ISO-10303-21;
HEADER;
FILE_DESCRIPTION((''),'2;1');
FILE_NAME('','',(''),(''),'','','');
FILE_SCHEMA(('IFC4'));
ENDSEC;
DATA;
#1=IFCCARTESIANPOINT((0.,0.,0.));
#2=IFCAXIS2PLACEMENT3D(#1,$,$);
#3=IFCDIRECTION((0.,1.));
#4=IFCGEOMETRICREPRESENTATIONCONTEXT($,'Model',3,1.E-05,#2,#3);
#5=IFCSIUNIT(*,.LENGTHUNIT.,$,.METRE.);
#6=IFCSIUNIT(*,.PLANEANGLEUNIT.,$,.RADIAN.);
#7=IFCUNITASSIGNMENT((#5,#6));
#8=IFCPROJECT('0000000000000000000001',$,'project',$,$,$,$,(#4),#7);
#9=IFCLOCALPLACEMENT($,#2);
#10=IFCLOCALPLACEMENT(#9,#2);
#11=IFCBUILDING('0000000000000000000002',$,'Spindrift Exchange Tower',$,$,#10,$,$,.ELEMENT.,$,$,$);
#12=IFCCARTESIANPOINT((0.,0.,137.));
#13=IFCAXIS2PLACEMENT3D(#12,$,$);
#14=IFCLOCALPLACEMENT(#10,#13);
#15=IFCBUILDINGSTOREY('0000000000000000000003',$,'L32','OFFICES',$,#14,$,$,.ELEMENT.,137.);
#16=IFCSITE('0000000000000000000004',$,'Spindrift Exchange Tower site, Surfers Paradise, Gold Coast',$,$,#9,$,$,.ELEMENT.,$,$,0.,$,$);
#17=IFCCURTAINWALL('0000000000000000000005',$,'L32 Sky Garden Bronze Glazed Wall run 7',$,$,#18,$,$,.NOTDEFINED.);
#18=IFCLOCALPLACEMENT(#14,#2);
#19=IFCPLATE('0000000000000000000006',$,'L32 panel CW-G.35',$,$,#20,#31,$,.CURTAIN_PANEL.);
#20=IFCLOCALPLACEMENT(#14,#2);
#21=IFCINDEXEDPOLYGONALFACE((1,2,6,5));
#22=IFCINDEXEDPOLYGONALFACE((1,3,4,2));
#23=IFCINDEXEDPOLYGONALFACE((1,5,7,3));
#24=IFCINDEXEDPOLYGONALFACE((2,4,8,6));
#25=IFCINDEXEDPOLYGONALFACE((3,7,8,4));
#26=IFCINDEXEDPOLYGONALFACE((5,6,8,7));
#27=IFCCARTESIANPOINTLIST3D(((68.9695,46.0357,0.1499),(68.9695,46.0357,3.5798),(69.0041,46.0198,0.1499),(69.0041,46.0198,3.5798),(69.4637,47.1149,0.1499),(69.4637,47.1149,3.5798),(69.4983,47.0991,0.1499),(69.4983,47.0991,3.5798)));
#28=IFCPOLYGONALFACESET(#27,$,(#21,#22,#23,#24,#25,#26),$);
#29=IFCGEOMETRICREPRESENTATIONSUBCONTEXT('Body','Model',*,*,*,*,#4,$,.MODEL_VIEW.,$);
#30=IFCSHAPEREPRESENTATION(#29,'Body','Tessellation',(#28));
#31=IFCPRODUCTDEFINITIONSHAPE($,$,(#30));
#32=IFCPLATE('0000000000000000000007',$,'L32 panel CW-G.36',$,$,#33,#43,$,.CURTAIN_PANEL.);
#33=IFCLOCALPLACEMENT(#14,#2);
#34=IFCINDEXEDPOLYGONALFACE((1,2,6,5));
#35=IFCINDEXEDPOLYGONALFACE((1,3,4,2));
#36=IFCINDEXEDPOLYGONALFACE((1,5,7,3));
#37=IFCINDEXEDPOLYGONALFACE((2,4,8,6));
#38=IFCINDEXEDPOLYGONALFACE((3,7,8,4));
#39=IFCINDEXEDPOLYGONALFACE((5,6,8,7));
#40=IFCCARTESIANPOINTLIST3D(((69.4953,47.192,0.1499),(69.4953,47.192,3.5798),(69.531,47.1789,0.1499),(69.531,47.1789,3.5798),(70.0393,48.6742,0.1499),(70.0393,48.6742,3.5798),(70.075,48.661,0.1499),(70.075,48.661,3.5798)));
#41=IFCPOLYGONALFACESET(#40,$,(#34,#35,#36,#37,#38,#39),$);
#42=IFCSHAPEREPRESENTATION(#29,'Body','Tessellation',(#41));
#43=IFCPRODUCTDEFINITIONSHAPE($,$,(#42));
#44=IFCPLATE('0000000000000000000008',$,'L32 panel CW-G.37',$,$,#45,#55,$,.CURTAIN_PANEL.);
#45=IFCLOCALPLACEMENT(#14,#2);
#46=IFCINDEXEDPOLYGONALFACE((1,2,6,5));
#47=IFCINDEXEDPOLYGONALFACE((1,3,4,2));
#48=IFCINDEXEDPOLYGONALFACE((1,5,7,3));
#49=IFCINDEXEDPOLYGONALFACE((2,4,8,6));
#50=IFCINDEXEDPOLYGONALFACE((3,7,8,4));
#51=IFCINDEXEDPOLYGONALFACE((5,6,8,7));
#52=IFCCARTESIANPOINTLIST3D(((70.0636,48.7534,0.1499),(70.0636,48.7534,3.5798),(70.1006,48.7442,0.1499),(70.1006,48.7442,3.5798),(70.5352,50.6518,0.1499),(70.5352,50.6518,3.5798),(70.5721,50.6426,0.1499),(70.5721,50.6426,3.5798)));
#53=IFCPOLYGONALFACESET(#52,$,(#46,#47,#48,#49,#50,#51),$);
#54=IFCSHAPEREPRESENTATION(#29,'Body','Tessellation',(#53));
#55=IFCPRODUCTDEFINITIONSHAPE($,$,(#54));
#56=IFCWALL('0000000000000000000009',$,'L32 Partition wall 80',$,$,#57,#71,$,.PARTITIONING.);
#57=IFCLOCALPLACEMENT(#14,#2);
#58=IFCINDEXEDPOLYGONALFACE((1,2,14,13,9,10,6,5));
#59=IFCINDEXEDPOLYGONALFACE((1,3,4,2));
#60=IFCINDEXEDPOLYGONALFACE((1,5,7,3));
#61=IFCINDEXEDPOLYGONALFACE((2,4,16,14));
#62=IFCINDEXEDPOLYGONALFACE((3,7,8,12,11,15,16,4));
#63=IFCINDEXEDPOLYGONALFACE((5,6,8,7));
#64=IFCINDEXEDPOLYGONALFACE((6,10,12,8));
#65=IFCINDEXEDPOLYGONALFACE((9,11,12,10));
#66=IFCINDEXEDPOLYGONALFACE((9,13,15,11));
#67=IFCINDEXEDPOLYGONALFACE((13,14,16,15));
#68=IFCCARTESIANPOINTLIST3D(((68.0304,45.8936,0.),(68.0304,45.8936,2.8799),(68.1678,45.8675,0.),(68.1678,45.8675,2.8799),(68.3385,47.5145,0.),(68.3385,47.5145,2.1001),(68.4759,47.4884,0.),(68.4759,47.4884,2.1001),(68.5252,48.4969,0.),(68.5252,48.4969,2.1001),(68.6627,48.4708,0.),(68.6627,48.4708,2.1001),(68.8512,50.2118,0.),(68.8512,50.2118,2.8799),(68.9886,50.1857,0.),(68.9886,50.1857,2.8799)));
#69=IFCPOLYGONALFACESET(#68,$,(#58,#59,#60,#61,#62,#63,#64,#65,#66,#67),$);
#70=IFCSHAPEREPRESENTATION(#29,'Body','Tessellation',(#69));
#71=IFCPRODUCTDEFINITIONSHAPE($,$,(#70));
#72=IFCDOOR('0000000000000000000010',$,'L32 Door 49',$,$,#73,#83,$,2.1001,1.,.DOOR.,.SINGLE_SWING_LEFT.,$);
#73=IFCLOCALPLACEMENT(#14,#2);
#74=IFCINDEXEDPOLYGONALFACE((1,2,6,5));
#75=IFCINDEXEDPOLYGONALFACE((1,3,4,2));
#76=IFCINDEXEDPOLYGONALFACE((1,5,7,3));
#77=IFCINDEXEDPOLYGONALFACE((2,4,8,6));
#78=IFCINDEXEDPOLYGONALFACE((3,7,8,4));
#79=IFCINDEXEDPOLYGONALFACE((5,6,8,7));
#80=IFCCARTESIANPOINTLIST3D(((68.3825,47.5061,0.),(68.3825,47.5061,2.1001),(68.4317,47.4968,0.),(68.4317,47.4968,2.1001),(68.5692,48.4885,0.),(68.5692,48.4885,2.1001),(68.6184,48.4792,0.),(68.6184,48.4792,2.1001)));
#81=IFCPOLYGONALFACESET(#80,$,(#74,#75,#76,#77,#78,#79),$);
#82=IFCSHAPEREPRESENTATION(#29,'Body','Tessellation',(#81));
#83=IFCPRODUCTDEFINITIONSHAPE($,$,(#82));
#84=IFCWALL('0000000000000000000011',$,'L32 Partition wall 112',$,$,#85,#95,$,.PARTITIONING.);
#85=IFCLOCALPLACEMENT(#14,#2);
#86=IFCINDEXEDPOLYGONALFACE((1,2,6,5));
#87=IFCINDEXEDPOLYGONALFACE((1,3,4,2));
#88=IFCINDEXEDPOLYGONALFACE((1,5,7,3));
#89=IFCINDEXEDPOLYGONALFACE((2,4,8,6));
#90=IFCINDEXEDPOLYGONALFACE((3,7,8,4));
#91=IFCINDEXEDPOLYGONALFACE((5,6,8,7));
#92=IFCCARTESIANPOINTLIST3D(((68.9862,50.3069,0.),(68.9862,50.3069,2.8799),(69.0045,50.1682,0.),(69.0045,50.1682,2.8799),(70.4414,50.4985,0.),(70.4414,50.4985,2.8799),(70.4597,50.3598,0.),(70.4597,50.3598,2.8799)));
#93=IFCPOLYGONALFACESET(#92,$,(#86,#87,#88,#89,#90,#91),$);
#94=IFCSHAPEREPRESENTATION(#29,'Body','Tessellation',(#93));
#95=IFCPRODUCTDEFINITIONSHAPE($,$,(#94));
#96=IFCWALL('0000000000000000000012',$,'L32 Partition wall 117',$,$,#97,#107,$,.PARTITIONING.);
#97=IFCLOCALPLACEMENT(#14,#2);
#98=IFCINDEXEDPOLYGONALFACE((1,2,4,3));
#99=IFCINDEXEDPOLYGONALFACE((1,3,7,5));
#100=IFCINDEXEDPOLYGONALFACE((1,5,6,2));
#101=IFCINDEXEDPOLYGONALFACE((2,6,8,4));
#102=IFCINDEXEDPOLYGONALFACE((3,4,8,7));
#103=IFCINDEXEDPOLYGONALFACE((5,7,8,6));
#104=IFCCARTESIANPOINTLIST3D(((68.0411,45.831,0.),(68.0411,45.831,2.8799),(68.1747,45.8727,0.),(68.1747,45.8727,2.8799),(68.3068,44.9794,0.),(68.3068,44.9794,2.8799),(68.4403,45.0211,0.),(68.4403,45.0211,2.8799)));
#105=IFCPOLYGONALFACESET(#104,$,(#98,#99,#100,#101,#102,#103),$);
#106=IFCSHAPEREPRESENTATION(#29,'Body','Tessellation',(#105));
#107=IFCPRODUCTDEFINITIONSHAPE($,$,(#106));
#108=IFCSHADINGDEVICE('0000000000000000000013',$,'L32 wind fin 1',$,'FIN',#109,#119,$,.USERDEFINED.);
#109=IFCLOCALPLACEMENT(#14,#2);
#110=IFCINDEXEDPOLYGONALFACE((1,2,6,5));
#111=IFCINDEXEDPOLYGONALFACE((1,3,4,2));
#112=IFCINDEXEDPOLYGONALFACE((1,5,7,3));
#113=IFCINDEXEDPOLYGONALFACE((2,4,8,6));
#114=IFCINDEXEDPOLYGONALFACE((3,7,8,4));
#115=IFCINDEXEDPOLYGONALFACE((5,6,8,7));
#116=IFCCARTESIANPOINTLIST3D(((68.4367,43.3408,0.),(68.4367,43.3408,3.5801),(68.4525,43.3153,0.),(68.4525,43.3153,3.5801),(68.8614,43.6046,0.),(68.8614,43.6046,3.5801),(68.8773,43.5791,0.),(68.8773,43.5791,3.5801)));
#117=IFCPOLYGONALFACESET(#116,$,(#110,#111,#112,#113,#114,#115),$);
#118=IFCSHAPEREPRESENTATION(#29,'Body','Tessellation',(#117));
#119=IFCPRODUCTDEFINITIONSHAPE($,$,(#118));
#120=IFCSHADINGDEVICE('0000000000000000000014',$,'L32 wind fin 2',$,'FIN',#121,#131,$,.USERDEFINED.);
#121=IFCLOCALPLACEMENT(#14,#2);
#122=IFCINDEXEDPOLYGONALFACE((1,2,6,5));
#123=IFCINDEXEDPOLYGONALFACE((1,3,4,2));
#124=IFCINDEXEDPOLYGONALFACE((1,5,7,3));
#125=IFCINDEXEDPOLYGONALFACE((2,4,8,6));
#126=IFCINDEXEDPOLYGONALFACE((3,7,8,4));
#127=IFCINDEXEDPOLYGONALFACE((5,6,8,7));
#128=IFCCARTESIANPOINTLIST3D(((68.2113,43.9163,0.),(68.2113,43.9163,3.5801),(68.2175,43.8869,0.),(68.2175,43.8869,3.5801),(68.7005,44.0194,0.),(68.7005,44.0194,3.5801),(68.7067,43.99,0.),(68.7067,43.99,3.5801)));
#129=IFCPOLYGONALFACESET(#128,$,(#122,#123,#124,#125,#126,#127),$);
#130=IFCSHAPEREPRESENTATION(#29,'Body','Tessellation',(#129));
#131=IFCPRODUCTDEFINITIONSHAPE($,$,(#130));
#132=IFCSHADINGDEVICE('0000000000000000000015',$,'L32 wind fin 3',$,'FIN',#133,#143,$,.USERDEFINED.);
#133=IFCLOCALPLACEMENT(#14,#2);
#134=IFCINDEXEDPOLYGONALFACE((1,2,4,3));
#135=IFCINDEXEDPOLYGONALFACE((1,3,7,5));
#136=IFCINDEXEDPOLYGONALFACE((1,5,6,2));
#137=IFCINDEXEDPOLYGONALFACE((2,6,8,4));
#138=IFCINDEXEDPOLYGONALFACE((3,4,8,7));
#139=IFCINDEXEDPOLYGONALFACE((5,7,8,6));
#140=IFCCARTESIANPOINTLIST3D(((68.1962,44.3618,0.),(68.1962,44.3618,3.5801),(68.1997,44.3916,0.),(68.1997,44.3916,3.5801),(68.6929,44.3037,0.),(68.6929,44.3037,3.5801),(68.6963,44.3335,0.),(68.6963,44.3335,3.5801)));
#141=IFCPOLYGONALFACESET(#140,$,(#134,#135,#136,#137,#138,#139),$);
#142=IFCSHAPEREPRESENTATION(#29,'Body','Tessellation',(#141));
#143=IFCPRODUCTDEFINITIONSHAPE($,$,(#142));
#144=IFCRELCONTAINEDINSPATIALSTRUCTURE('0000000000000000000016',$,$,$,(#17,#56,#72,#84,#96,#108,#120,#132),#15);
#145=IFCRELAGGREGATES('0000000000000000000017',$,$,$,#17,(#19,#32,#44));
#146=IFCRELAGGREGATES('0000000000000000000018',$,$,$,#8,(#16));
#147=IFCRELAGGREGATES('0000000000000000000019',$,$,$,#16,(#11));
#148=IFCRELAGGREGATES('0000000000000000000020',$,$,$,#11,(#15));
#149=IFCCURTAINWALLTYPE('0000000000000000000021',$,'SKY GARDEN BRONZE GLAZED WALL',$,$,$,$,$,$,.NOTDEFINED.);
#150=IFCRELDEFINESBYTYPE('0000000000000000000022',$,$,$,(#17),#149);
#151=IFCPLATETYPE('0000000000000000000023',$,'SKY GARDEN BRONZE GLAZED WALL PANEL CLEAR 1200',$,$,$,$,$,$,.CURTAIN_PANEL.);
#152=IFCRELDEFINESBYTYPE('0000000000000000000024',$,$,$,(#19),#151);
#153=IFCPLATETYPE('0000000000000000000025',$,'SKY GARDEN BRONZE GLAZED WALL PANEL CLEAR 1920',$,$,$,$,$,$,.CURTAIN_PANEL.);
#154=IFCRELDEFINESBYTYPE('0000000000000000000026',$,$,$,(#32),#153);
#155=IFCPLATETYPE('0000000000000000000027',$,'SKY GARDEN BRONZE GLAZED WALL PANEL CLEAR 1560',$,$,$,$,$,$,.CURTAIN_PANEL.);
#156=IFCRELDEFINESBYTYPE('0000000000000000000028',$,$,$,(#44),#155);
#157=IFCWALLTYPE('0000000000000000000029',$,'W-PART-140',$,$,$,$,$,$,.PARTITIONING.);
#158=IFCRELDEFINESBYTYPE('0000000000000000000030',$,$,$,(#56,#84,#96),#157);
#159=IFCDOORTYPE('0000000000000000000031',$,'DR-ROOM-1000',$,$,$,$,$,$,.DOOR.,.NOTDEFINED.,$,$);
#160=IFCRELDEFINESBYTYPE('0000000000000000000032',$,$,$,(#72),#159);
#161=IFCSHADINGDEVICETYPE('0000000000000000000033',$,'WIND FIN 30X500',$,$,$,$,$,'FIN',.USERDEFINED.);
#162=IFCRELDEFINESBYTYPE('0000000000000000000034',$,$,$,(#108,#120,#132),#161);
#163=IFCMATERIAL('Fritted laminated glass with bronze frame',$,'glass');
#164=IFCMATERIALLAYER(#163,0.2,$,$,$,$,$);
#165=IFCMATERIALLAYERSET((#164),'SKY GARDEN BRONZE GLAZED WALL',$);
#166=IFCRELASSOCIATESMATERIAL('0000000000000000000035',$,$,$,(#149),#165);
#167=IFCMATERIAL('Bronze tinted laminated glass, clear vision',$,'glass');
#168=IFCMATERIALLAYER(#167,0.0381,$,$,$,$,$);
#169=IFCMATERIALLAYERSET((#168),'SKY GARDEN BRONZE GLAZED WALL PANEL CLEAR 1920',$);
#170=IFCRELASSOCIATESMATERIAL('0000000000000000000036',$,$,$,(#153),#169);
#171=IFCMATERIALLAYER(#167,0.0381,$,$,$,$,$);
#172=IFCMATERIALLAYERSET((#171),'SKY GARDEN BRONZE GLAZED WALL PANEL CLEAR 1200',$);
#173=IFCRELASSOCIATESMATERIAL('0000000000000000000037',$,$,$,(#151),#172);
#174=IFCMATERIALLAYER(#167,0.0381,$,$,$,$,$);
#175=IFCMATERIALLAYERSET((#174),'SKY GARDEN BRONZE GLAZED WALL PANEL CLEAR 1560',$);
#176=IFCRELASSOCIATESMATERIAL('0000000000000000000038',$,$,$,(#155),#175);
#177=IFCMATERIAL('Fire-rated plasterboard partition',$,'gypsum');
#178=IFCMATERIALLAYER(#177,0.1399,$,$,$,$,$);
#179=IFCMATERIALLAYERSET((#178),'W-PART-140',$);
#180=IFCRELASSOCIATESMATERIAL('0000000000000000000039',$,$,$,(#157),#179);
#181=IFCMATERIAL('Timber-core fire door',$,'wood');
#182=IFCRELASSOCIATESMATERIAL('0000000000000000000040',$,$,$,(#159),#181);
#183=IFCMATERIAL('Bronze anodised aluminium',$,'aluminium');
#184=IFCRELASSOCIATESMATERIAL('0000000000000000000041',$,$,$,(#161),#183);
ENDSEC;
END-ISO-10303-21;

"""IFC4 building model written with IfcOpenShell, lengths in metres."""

from ifc_helpers import new_model, si_unit, direction, frame, frame_2d, origin, origin_2d, place, context, subcontext, project, spatial, rectangle, extrude, source, transform, mapped, material, layer, layer_set, material_profile, profile_set, type_object, element, fill, aggregate, save


model = new_model("IFC4")

# Units and contexts
model_context = context("Model", 3, precision=1e-05, world=origin(), true_north=direction((0.0, 1.0)))
body_context = subcontext(model_context, "Body", "Model", "MODEL_VIEW")
ifc_project = project(units=[si_unit("LENGTHUNIT", "METRE"), si_unit("PLANEANGLEUNIT", "RADIAN")], contexts=[model_context])

# Site, building, storey
site_placement = place(None, origin())
site = spatial("IfcSite", under=ifc_project, at=site_placement, Name="Spindrift Exchange Tower site, Surfers Paradise, Gold Coast", CompositionType="ELEMENT", RefElevation=0.0)
building_placement = place(site_placement, origin())
building = spatial("IfcBuilding", under=site, at=building_placement, Name="Spindrift Exchange Tower", CompositionType="ELEMENT")
storey_placement = place(building_placement, frame((0.0, 0.0, 137.0)))
storey = spatial("IfcBuildingStorey", under=building, at=storey_placement, Name="L32", Description="OFFICES", CompositionType="ELEMENT", Elevation=137.0)

# Shared definitions
ifc_material_1 = material(Name="Fritted laminated glass with bronze frame", Category="glass")
ifc_layer_1 = layer(ifc_material_1, 0.2)
ifc_layer_set_1 = layer_set([ifc_layer_1], Name="SKY GARDEN BRONZE GLAZED WALL")
curtain_wall_type = type_object("IfcCurtainWallType", Name="SKY GARDEN BRONZE GLAZED WALL", PredefinedType="NOTDEFINED", material=ifc_layer_set_1)
ifc_material_2 = material(Name="Bronze anodised aluminium", Category="aluminium")

# Curtain wall
curtain_wall_1_placement = place(storey_placement, origin())
curtain_wall_1 = element("IfcCurtainWall", 1, at=curtain_wall_1_placement, inside=storey, type_object=curtain_wall_type, Name="L32 Sky Garden Bronze Glazed Wall run 7", PredefinedType="NOTDEFINED")

# Plates
ifc_material_3 = material(Name="Bronze tinted laminated glass, clear vision", Category="glass")
ifc_layer_2 = layer(ifc_material_3, 0.0381)
ifc_layer_set_2 = layer_set([ifc_layer_2], Name="SKY GARDEN BRONZE GLAZED WALL PANEL CLEAR 1920")
plate_type_1 = type_object("IfcPlateType", Name="SKY GARDEN BRONZE GLAZED WALL PANEL CLEAR 1920", PredefinedType="CURTAIN_PANEL", material=ifc_layer_set_2)
ifc_layer_3 = layer(ifc_material_3, 0.0381)
ifc_layer_set_3 = layer_set([ifc_layer_3], Name="SKY GARDEN BRONZE GLAZED WALL PANEL CLEAR 1200")
plate_type_2 = type_object("IfcPlateType", Name="SKY GARDEN BRONZE GLAZED WALL PANEL CLEAR 1200", PredefinedType="CURTAIN_PANEL", material=ifc_layer_set_3)
shared_shape_1 = source(origin(), body_context, "Body", "SweptSolid", [
    extrude(rectangle(XDim=1.187, YDim=0.0381, at=origin_2d()), origin(), (0.0, 0.0, 1.0), 3.4299),
])
plate_1_placement = place(storey_placement, frame((69.2339, 46.5674, 0.1499), z_axis=(0.0, 0.0, 1.0), x_axis=(0.416319, 0.909219, 0.0)))
plate_1 = element("IfcPlate", 2, at=plate_1_placement, type_object=plate_type_2, Name="L32 panel CW-G.35", PredefinedType="CURTAIN_PANEL", context=body_context, shape_type="MappedRepresentation", body=[
    mapped(shared_shape_1, transform((0.0, 0.0, 0.0), scale=1.0)),
])
shared_shape_2 = source(origin(), body_context, "Body", "SweptSolid", [
    extrude(rectangle(XDim=1.5789, YDim=0.0381, at=origin_2d()), origin(), (0.0, 0.0, 1.0), 3.4299),
])
plate_2_placement = place(storey_placement, frame((69.7852, 47.9265, 0.1499), z_axis=(0.0, 0.0, 1.0), x_axis=(0.344554, 0.938766, 0.0)))
plate_2 = element("IfcPlate", 3, at=plate_2_placement, type_object=plate_type_1, Name="L32 panel CW-G.36", PredefinedType="CURTAIN_PANEL", context=body_context, shape_type="MappedRepresentation", body=[
    mapped(shared_shape_2, transform((0.0, 0.0, 0.0), scale=1.0)),
])
ifc_layer_4 = layer(ifc_material_3, 0.0381)
ifc_layer_set_4 = layer_set([ifc_layer_4], Name="SKY GARDEN BRONZE GLAZED WALL PANEL CLEAR 1560")
plate_type_3 = type_object("IfcPlateType", Name="SKY GARDEN BRONZE GLAZED WALL PANEL CLEAR 1560", PredefinedType="CURTAIN_PANEL", material=ifc_layer_set_4)
shared_shape_3 = source(origin(), body_context, "Body", "SweptSolid", [
    extrude(rectangle(XDim=1.9561, YDim=0.0381, at=origin_2d()), origin(), (0.0, 0.0, 1.0), 3.4299),
])
plate_3_placement = place(storey_placement, frame((70.3179, 49.698, 0.1499), z_axis=(0.0, 0.0, 1.0), x_axis=(0.24106, 0.97051, 0.0)))
plate_3 = element("IfcPlate", 4, at=plate_3_placement, type_object=plate_type_3, Name="L32 panel CW-G.37", PredefinedType="CURTAIN_PANEL", context=body_context, shape_type="MappedRepresentation", body=[
    mapped(shared_shape_3, transform((0.0, 0.0, 0.0), scale=1.0)),
])
aggregate(curtain_wall_1, [plate_1, plate_2, plate_3])

# Wall, opening, door
ifc_material_4 = material(Name="Fire-rated plasterboard partition", Category="gypsum")
ifc_layer_5 = layer(ifc_material_4, 0.1399)
ifc_layer_set_5 = layer_set([ifc_layer_5], Name="W-PART-140")
wall_type = type_object("IfcWallType", Name="W-PART-140", PredefinedType="PARTITIONING", material=ifc_layer_set_5)
wall_1_placement = place(storey_placement, frame((68.9199, 50.1987, 0.0), z_axis=(0.0, 0.0, 1.0), x_axis=(-0.186739, -0.982409, 0.0)))
wall_1 = element("IfcWall", 5, at=wall_1_placement, inside=storey, type_object=wall_type, Name="L32 Partition wall 80", PredefinedType="PARTITIONING", context=body_context, shape_type="SweptSolid", body=[
    extrude(rectangle(XDim=4.3955, YDim=0.1399, at=frame_2d((2.1978, 0.0))), origin(), (0.0, 0.0, 1.0), 2.8799),
])
opening_placement = place(wall_1_placement, frame((1.7456, 0.0, 0.0)))
opening = element("IfcOpeningElement", 6, at=opening_placement, cuts=wall_1, PredefinedType="OPENING", context=body_context, shape_type="SweptSolid", body=[
    extrude(rectangle(XDim=1.0, YDim=2.1001, at=frame_2d((0.5, 1.05))), frame((0.0, 0.0798, 0.0), z_axis=(0.0, -1.0, 0.0), x_axis=(1.0, 0.0, 0.0)), (0.0, 0.0, 1.0), 0.1599),
])
ifc_material_5 = material(Name="Timber-core fire door", Category="wood")
door_type = type_object("IfcDoorType", Name="DR-ROOM-1000", OperationType="NOTDEFINED", PredefinedType="DOOR", material=ifc_material_5)
shared_shape_4 = source(origin(), body_context, "Body", "SweptSolid", [
    extrude(rectangle(XDim=1.0, YDim=2.1001, at=frame_2d((0.5, 1.05))), frame((0.0, 0.0249, 0.0), z_axis=(0.0, -1.0, 0.0), x_axis=(1.0, 0.0, 0.0)), (0.0, 0.0, 1.0), 0.05),
])
door_placement = place(opening_placement, origin())
door = element("IfcDoor", 7, at=door_placement, inside=storey, type_object=door_type, Name="L32 Door 49", OperationType="SINGLE_SWING_LEFT", OverallHeight=2.1001, OverallWidth=1.0, PredefinedType="DOOR", context=body_context, shape_type="MappedRepresentation", body=[
    mapped(shared_shape_4, transform((0.0, 0.0, 0.0), scale=1.0)),
])
fill(opening, door)

# Walls
wall_2_placement = place(storey_placement, frame((68.9954, 50.2375, 0.0), z_axis=(0.0, 0.0, 1.0), x_axis=(0.99144, 0.130562, 0.0)))
element("IfcWall", 8, at=wall_2_placement, inside=storey, type_object=wall_type, Name="L32 Partition wall 112", PredefinedType="PARTITIONING", context=body_context, shape_type="SweptSolid", body=[
    extrude(rectangle(XDim=1.4678, YDim=0.1399, at=frame_2d((0.7339, 0.0))), origin(), (0.0, 0.0, 1.0), 2.8799),
])
wall_3_placement = place(storey_placement, frame((68.3735, 45.0002, 0.0), z_axis=(0.0, 0.0, 1.0), x_axis=(-0.297776, 0.954636, 0.0)))
element("IfcWall", 9, at=wall_3_placement, inside=storey, type_object=wall_type, Name="L32 Partition wall 117", PredefinedType="PARTITIONING", context=body_context, shape_type="SweptSolid", body=[
    extrude(rectangle(XDim=0.8921, YDim=0.1399, at=frame_2d((0.446, 0.0))), origin(), (0.0, 0.0, 1.0), 2.8799),
])

# Shading devices
ifc_material_profile_1 = material_profile(ifc_material_2, rectangle(XDim=0.03, YDim=0.5, at=origin_2d()), Name="WIND FIN 30X500")
ifc_profile_set_1 = profile_set([ifc_material_profile_1], Name="Bronze anodised aluminium")
shading_device_type = type_object("IfcShadingDeviceType", Name="WIND FIN 30X500", ElementType="FIN", PredefinedType="USERDEFINED", material=ifc_profile_set_1)
shared_shape_5 = source(origin(), body_context, "Body", "SweptSolid", [
    extrude(rectangle(XDim=0.03, YDim=0.5, at=origin_2d()), origin(), (0.0, 0.0, 1.0), 3.5801),
])
for number, where, z_axis, x_axis, name in (
    (10, (68.657, 43.46, 0.0), (0.0, 0.0, 1.0), (-0.527685, 0.84944, 0.0), "L32 wind fin 1"),
    (11, (68.459, 43.9531, 0.0), (0.0, 0.0, 1.0), (-0.206261, 0.978497, 0.0), "L32 wind fin 2"),
    (12, (68.4463, 44.3477, 0.0), (0.0, 0.0, 1.0), (0.116083, 0.99324, 0.0), "L32 wind fin 3"),
):
    element("IfcShadingDevice", number, at=place(storey_placement, frame(where, z_axis=z_axis, x_axis=x_axis)), inside=storey, type_object=shading_device_type, Name=name, ObjectType="FIN", PredefinedType="USERDEFINED", context=body_context, shape_type="MappedRepresentation", body=[
        mapped(shared_shape_5, transform((0.0, 0.0, 0.0), scale=1.0)),
    ])

save(model, "model.ifc")
